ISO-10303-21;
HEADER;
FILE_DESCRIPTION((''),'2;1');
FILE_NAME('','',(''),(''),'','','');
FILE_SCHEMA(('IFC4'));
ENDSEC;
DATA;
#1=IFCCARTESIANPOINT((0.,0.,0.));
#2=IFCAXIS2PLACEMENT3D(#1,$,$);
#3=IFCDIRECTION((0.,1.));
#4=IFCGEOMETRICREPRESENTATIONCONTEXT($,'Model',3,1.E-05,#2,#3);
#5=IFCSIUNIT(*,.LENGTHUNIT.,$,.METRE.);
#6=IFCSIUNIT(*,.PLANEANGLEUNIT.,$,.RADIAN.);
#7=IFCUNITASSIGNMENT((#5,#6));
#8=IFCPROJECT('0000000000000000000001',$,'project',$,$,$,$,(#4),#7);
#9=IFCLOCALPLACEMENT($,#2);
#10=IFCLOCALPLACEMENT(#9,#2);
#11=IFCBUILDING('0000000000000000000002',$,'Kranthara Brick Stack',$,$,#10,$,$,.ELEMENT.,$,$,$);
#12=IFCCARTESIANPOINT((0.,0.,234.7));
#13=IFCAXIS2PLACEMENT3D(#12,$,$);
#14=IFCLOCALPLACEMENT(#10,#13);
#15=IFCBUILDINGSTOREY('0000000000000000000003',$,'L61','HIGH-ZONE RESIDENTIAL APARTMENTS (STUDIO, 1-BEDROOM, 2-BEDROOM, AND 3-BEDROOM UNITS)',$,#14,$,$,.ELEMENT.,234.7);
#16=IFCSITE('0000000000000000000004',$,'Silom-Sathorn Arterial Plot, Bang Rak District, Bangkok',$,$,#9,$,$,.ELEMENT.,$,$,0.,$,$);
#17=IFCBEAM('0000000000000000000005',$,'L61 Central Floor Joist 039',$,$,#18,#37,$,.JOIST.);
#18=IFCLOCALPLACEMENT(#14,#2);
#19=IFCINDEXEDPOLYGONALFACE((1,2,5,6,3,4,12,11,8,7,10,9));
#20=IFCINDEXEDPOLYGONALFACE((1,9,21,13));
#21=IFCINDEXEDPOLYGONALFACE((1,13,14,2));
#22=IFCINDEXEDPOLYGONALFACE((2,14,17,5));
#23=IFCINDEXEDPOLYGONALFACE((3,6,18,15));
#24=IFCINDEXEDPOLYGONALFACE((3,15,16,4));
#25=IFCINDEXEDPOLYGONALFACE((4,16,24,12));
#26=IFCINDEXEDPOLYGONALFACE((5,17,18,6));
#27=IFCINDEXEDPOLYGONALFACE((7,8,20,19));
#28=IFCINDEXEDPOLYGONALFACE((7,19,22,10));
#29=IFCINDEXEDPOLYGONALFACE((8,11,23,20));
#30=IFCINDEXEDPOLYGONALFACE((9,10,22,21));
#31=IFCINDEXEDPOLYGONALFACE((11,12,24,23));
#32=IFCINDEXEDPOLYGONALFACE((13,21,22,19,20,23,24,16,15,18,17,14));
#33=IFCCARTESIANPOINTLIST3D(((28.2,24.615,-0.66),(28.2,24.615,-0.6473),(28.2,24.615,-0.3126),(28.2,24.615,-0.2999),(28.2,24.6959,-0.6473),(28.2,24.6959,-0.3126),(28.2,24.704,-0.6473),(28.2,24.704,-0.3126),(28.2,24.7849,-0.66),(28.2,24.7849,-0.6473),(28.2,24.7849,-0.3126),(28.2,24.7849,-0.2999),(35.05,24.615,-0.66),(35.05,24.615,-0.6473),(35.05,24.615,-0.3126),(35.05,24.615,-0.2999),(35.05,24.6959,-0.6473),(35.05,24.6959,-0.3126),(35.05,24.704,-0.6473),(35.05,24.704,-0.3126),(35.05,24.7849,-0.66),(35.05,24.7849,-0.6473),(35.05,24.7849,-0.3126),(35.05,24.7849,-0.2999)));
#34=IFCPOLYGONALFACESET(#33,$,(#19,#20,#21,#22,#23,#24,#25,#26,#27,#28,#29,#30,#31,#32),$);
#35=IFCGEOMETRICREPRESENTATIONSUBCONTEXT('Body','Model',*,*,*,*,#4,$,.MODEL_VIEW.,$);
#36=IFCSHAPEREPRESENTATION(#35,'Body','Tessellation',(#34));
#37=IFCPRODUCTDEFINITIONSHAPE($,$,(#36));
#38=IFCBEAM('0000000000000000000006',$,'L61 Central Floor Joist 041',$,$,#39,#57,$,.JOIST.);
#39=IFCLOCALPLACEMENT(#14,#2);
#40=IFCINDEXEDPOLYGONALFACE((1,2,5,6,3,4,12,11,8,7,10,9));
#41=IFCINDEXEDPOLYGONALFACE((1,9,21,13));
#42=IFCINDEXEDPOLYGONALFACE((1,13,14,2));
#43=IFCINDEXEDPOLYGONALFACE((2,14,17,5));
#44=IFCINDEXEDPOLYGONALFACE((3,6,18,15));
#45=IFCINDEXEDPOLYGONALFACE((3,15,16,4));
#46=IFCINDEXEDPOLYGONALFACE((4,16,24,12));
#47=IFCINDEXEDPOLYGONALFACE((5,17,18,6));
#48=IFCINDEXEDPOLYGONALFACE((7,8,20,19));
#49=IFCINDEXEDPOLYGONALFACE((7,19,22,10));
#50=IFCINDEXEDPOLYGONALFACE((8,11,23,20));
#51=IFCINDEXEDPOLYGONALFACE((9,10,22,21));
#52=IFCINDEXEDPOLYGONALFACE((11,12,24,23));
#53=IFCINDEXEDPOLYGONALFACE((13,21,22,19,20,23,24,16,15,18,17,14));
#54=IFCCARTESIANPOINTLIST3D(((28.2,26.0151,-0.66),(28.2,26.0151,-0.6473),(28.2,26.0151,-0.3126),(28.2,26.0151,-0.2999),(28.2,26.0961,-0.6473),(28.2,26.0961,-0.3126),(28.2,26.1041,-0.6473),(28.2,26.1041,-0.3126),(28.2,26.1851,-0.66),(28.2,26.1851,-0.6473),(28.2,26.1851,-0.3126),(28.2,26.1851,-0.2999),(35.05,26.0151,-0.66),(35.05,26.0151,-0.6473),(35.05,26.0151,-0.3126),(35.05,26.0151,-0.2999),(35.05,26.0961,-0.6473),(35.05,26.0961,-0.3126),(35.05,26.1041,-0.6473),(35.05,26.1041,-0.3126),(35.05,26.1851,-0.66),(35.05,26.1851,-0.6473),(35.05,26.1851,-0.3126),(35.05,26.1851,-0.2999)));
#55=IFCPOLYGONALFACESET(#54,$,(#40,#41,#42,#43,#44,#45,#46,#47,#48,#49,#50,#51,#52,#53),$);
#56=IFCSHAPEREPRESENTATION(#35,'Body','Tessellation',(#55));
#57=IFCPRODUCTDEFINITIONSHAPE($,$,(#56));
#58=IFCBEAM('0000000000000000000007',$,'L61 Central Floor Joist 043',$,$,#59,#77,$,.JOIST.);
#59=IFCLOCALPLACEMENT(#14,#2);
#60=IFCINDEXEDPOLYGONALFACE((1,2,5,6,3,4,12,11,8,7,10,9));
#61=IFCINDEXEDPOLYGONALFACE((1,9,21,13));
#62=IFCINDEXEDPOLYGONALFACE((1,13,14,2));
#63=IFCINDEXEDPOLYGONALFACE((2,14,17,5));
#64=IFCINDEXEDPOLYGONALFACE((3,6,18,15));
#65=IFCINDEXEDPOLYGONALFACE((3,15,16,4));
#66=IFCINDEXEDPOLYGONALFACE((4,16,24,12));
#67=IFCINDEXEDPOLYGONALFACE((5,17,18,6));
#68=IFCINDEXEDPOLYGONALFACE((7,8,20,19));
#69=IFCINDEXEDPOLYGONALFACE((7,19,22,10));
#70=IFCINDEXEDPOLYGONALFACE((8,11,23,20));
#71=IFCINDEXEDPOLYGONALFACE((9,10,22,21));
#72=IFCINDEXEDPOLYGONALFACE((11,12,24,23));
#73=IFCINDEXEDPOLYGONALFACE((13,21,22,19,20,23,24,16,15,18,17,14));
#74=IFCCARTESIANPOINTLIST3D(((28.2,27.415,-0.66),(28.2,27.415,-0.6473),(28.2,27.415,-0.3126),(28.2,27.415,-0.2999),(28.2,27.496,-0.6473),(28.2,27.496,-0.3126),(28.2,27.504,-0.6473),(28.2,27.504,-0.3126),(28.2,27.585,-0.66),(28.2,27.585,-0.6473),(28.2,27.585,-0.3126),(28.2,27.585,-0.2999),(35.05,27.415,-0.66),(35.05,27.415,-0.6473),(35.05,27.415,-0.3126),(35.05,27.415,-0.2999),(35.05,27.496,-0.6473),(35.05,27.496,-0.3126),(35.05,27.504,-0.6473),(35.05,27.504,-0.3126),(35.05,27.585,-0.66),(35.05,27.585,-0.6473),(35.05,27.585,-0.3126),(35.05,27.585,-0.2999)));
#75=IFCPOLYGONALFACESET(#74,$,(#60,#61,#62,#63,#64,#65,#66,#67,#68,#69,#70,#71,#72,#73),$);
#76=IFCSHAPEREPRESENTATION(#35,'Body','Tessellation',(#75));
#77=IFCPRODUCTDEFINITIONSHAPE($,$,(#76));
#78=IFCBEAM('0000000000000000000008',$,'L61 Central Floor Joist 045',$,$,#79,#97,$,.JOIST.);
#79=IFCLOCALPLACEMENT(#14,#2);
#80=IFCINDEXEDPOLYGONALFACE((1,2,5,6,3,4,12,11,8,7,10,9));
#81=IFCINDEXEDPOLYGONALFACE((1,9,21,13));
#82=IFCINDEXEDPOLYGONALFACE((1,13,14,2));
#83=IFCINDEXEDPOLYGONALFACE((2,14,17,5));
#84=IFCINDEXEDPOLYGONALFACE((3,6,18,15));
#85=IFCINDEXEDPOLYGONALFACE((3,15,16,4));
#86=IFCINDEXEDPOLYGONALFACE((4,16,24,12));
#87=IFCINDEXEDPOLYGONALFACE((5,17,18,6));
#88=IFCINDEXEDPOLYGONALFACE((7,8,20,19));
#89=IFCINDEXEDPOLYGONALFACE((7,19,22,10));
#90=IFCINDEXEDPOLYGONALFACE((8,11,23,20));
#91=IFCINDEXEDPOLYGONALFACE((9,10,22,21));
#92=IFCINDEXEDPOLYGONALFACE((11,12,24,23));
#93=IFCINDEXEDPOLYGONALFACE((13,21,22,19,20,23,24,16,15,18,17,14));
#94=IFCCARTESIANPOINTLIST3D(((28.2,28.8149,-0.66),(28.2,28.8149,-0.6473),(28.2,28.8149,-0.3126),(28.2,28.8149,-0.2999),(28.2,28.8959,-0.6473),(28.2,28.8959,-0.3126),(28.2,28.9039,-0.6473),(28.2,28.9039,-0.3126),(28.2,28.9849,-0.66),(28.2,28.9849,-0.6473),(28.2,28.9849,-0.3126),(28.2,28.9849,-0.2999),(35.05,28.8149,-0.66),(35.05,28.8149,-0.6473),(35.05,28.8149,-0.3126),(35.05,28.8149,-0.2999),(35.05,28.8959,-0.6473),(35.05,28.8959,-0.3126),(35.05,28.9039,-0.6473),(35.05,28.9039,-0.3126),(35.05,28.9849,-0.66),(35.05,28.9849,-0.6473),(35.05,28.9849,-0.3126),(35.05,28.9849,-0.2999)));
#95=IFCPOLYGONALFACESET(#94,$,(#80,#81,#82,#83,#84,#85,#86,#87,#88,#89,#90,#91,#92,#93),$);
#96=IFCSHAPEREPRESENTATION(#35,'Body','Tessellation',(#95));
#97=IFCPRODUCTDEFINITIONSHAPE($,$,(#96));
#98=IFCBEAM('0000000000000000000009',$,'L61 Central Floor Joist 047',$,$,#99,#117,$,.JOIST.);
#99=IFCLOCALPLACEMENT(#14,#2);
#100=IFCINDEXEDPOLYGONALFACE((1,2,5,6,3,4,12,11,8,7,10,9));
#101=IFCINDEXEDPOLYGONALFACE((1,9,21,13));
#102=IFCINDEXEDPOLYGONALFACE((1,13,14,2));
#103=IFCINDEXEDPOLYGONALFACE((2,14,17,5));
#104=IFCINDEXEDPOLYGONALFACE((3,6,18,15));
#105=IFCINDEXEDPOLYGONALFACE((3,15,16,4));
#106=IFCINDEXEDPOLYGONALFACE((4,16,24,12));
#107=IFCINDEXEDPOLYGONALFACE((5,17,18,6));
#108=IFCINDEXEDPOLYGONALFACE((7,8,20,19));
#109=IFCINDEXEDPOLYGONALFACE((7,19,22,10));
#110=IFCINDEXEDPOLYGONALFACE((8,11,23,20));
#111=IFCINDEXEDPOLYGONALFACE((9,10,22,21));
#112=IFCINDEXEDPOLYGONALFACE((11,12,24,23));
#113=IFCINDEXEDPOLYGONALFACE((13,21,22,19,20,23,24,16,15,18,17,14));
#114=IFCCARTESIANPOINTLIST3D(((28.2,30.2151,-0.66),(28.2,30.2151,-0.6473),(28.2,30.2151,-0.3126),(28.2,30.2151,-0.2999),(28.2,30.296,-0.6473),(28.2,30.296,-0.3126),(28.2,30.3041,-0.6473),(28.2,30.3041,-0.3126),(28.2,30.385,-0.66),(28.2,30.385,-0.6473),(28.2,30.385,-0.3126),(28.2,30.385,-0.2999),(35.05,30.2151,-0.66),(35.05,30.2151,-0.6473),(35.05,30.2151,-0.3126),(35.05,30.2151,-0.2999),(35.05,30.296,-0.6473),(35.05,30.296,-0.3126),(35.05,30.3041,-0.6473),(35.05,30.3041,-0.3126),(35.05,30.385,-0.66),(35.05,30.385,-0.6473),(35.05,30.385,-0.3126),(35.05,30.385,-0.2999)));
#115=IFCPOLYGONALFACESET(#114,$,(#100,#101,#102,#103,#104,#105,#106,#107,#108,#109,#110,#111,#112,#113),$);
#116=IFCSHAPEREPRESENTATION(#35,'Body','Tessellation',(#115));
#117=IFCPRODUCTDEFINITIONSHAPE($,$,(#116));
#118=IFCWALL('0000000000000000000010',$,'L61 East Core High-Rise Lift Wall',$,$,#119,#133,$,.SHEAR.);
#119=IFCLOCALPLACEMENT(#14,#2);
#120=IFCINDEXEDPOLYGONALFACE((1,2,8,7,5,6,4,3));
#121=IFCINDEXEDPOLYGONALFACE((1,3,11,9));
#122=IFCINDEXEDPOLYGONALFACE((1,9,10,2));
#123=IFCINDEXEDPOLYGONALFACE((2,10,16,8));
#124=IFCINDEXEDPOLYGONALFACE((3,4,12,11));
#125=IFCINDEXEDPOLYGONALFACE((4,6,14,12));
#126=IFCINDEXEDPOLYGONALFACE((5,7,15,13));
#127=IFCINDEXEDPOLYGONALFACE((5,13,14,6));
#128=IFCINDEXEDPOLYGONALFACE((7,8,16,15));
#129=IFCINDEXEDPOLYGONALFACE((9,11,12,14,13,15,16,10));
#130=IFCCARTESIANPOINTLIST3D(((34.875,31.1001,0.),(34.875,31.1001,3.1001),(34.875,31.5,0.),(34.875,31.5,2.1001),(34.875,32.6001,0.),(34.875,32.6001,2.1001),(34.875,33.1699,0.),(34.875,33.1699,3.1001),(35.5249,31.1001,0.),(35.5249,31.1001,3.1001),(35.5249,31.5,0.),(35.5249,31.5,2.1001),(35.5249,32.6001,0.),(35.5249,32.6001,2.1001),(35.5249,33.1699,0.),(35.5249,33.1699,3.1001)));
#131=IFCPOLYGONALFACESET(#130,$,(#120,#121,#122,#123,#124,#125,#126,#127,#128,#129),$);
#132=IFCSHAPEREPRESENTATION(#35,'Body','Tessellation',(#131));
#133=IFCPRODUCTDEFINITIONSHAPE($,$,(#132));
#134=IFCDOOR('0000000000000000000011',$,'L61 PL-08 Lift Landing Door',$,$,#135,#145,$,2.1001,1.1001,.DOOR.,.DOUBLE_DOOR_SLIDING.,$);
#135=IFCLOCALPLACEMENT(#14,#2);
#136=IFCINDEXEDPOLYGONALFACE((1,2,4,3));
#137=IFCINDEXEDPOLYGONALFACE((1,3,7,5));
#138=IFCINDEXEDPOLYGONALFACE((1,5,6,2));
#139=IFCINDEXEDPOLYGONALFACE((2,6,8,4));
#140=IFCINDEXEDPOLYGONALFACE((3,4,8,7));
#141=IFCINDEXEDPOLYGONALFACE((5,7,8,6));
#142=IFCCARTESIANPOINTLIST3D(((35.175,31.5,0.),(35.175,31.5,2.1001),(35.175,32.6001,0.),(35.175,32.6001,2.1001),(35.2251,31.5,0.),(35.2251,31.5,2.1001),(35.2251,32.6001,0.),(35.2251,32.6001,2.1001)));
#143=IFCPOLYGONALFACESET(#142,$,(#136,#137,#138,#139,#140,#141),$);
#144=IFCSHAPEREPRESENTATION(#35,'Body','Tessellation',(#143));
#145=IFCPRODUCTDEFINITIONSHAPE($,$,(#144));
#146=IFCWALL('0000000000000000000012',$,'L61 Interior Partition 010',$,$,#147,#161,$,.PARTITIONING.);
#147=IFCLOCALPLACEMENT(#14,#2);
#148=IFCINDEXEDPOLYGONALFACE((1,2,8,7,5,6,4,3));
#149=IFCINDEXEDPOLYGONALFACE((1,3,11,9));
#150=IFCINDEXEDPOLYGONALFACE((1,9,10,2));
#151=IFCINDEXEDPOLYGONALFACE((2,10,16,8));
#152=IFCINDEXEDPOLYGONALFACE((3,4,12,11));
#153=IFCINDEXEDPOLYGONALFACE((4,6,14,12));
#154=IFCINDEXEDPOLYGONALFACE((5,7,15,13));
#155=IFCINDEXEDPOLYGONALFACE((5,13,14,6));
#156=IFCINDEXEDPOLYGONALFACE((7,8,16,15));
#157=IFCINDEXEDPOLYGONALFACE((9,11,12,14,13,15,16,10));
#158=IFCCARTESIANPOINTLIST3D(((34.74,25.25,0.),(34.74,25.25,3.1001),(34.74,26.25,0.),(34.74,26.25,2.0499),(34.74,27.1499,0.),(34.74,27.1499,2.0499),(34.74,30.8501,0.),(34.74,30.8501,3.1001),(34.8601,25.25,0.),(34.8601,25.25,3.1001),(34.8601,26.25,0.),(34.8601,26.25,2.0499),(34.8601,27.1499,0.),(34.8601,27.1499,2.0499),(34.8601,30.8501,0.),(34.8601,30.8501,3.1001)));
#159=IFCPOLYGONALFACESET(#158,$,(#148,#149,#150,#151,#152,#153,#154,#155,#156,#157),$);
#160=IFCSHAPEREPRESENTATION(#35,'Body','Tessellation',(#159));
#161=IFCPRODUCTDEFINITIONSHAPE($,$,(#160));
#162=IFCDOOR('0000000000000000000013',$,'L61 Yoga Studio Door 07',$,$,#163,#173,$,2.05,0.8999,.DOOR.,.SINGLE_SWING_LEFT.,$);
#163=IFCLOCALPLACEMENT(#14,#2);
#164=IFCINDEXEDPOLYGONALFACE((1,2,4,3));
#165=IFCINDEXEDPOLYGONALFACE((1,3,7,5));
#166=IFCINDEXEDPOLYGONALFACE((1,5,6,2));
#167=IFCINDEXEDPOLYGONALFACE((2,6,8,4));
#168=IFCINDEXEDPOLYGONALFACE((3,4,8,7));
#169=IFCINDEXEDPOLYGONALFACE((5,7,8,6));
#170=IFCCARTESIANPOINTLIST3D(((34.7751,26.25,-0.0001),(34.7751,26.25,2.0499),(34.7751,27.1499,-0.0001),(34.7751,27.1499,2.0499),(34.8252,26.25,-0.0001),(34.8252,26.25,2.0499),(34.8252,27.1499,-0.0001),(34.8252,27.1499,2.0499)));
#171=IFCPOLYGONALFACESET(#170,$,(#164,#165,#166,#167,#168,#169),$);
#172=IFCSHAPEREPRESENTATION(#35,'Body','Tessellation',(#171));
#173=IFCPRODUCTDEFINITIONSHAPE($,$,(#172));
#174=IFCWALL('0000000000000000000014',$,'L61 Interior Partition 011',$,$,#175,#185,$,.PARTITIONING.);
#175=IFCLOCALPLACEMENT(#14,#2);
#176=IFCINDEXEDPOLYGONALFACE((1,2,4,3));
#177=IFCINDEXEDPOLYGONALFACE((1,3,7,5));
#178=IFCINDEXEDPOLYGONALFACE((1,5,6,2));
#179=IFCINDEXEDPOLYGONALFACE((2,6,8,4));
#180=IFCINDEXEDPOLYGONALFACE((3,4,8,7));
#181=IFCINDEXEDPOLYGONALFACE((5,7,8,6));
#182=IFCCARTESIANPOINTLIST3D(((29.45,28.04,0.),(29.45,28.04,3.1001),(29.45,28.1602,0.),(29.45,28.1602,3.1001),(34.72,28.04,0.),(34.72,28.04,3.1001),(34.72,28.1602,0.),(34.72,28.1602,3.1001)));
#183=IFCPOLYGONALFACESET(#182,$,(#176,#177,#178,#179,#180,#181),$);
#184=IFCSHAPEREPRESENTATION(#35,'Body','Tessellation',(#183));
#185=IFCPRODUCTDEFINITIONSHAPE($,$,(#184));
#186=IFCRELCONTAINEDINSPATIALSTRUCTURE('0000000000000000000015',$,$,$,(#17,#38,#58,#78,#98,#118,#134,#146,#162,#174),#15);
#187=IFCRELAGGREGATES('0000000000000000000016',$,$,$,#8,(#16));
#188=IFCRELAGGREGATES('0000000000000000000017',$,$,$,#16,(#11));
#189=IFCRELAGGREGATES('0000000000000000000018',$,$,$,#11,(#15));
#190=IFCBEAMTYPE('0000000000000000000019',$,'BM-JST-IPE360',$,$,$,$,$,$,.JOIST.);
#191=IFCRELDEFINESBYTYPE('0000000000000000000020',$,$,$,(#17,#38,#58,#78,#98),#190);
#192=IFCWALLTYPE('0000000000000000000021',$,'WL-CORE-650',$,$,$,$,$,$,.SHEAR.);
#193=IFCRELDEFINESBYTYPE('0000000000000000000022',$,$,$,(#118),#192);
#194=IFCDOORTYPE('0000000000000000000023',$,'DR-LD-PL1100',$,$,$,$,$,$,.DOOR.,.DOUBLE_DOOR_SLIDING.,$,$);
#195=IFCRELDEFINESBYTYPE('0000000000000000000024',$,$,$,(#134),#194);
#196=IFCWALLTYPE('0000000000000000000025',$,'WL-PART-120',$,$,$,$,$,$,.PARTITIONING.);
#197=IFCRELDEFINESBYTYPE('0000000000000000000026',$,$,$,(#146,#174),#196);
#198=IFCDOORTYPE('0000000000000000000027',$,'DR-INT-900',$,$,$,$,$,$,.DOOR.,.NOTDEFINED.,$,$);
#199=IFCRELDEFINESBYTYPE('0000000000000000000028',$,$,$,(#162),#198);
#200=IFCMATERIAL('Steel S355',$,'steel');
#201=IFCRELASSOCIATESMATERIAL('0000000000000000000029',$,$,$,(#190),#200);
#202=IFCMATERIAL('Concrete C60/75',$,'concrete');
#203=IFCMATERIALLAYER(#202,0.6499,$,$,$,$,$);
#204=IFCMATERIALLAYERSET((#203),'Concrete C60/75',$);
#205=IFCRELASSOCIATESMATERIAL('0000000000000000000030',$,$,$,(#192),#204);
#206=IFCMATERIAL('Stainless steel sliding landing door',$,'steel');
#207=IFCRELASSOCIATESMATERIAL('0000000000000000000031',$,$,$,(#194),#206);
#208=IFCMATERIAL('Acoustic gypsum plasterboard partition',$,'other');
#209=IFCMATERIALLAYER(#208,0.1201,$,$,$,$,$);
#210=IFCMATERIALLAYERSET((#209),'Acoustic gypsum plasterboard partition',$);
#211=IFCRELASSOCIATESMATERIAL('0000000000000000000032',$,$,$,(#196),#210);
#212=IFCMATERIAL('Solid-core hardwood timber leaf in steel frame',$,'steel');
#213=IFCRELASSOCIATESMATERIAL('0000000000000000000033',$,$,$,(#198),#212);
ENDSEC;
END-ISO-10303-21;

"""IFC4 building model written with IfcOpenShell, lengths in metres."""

from ifc_helpers import new_model, si_unit, direction, frame, frame_2d, origin, origin_2d, place, context, subcontext, project, spatial, rectangle, i_section, extrude, material, layer, layer_set, material_profile, profile_set, type_object, element, fill, save


model = new_model("IFC4")

# Units and contexts
model_context = context("Model", 3, precision=1e-05, world=origin(), true_north=direction((0.0, 1.0)))
body_context = subcontext(model_context, "Body", "Model", "MODEL_VIEW")
ifc_project = project(units=[si_unit("LENGTHUNIT", "METRE"), si_unit("PLANEANGLEUNIT", "RADIAN")], contexts=[model_context])

# Site, building, storey
site_placement = place(None, origin())
site = spatial("IfcSite", under=ifc_project, at=site_placement, Name="Silom-Sathorn Arterial Plot, Bang Rak District, Bangkok", CompositionType="ELEMENT", RefElevation=0.0)
building_placement = place(site_placement, origin())
building = spatial("IfcBuilding", under=site, at=building_placement, Name="Kranthara Brick Stack", CompositionType="ELEMENT")
storey_placement = place(building_placement, frame((0.0, 0.0, 234.7)))
storey = spatial("IfcBuildingStorey", under=building, at=storey_placement, Name="L61", Description="HIGH-ZONE RESIDENTIAL APARTMENTS (STUDIO, 1-BEDROOM, 2-BEDROOM, AND 3-BEDROOM UNITS)", CompositionType="ELEMENT", Elevation=234.7)

# Beams
ifc_material_1 = material(Name="Steel S355", Category="steel")
ifc_material_profile = material_profile(ifc_material_1, i_section(OverallWidth=0.1699, OverallDepth=0.3601, WebThickness=0.0081, FlangeThickness=0.0127, at=origin_2d()), Name="IPE 360")
ifc_profile_set = profile_set([ifc_material_profile], Name="Steel S355")
beam_type = type_object("IfcBeamType", Name="BM-JST-IPE360", PredefinedType="JOIST", material=ifc_profile_set)
for number, where, z_axis, x_axis, name in (
    (1, (28.2, 24.7, -0.48), (1.0, 0.0, 0.0), (0.0, 1.0, 0.0), "L61 Central Floor Joist 039"),
    (2, (28.2, 26.1001, -0.48), (1.0, 0.0, 0.0), (0.0, 1.0, 0.0), "L61 Central Floor Joist 041"),
    (3, (28.2, 27.5, -0.48), (1.0, 0.0, 0.0), (0.0, 1.0, 0.0), "L61 Central Floor Joist 043"),
    (4, (28.2, 28.8999, -0.48), (1.0, 0.0, 0.0), (0.0, 1.0, 0.0), "L61 Central Floor Joist 045"),
    (5, (28.2, 30.3, -0.48), (1.0, 0.0, 0.0), (0.0, 1.0, 0.0), "L61 Central Floor Joist 047"),
):
    element("IfcBeam", number, at=place(storey_placement, frame(where, z_axis=z_axis, x_axis=x_axis)), inside=storey, type_object=beam_type, Name=name, PredefinedType="JOIST", context=body_context, shape_type="SweptSolid", body=[
        extrude(i_section(OverallWidth=0.1699, OverallDepth=0.3601, WebThickness=0.0081, FlangeThickness=0.0127, at=origin_2d()), origin(), (0.0, 0.0, 1.0), 6.8501),
    ])

# Walls, openings, doors
ifc_material_2 = material(Name="Concrete C60/75", Category="concrete")
ifc_layer_1 = layer(ifc_material_2, 0.6499)
ifc_layer_set_1 = layer_set([ifc_layer_1], Name="Concrete C60/75")
wall_type_1 = type_object("IfcWallType", Name="WL-CORE-650", PredefinedType="SHEAR", material=ifc_layer_set_1)
wall_1_placement = place(storey_placement, frame((35.2, 31.1001, 0.0), z_axis=(0.0, 0.0, 1.0), x_axis=(0.0, 1.0, 0.0)))
wall_1 = element("IfcWall", 6, at=wall_1_placement, inside=storey, type_object=wall_type_1, Name="L61 East Core High-Rise Lift Wall", PredefinedType="SHEAR", context=body_context, shape_type="SweptSolid", body=[
    extrude(rectangle(XDim=2.0698, YDim=0.6499, at=frame_2d((1.0349, 0.0))), origin(), (0.0, 0.0, 1.0), 3.1001),
])
opening_1_placement = place(wall_1_placement, frame((0.3999, 0.0, 0.0)))
opening_1 = element("IfcOpeningElement", 7, at=opening_1_placement, cuts=wall_1, PredefinedType="OPENING", context=body_context, shape_type="SweptSolid", body=[
    extrude(rectangle(XDim=1.1001, YDim=2.1001, at=frame_2d((0.55, 1.05))), frame((0.0, 0.335, 0.0), z_axis=(0.0, -1.0, 0.0), x_axis=(1.0, 0.0, 0.0)), (0.0, 0.0, 1.0), 0.6699),
])
ifc_material_3 = material(Name="Stainless steel sliding landing door", Category="steel")
door_type_1 = type_object("IfcDoorType", Name="DR-LD-PL1100", OperationType="DOUBLE_DOOR_SLIDING", PredefinedType="DOOR", material=ifc_material_3)
door_1_placement = place(opening_1_placement, origin())
door_1 = element("IfcDoor", 8, at=door_1_placement, inside=storey, type_object=door_type_1, Name="L61 PL-08 Lift Landing Door", OperationType="DOUBLE_DOOR_SLIDING", OverallHeight=2.1001, OverallWidth=1.1001, PredefinedType="DOOR", context=body_context, shape_type="SweptSolid", body=[
    extrude(rectangle(XDim=1.1001, YDim=2.1001, at=frame_2d((0.55, 1.05))), frame((0.0, 0.0249, 0.0), z_axis=(0.0, -1.0, 0.0), x_axis=(1.0, 0.0, 0.0)), (0.0, 0.0, 1.0), 0.05),
])
fill(opening_1, door_1)
ifc_material_4 = material(Name="Acoustic gypsum plasterboard partition", Category="other")
ifc_layer_2 = layer(ifc_material_4, 0.1201)
ifc_layer_set_2 = layer_set([ifc_layer_2], Name="Acoustic gypsum plasterboard partition")
wall_type_2 = type_object("IfcWallType", Name="WL-PART-120", PredefinedType="PARTITIONING", material=ifc_layer_set_2)
wall_2_placement = place(storey_placement, frame((34.8, 25.25, 0.0), z_axis=(0.0, 0.0, 1.0), x_axis=(0.0, 1.0, 0.0)))
wall_2 = element("IfcWall", 9, at=wall_2_placement, inside=storey, type_object=wall_type_2, Name="L61 Interior Partition 010", PredefinedType="PARTITIONING", context=body_context, shape_type="SweptSolid", body=[
    extrude(rectangle(XDim=5.6001, YDim=0.1201, at=frame_2d((2.8, 0.0))), origin(), (0.0, 0.0, 1.0), 3.1001),
])
opening_2_placement = place(wall_2_placement, frame((1.0, 0.0, 0.0)))
opening_2 = element("IfcOpeningElement", 10, at=opening_2_placement, cuts=wall_2, PredefinedType="OPENING", context=body_context, shape_type="SweptSolid", body=[
    extrude(rectangle(XDim=0.8999, YDim=2.05, at=frame_2d((0.45, 1.0249))), frame((0.0, 0.0701, 0.0), z_axis=(0.0, -1.0, 0.0), x_axis=(1.0, 0.0, 0.0)), (0.0, 0.0, 1.0), 0.1401),
])
ifc_material_5 = material(Name="Solid-core hardwood timber leaf in steel frame", Category="steel")
door_type_2 = type_object("IfcDoorType", Name="DR-INT-900", OperationType="NOTDEFINED", PredefinedType="DOOR", material=ifc_material_5)
door_2_placement = place(opening_2_placement, origin())
door_2 = element("IfcDoor", 11, at=door_2_placement, inside=storey, type_object=door_type_2, Name="L61 Yoga Studio Door 07", OperationType="SINGLE_SWING_LEFT", OverallHeight=2.05, OverallWidth=0.8999, PredefinedType="DOOR", context=body_context, shape_type="SweptSolid", body=[
    extrude(rectangle(XDim=0.8999, YDim=2.05, at=frame_2d((0.45, 1.0249))), frame((0.0, 0.0249, 0.0), z_axis=(0.0, -1.0, 0.0), x_axis=(1.0, 0.0, 0.0)), (0.0, 0.0, 1.0), 0.05),
])
fill(opening_2, door_2)

# Wall
wall_3_placement = place(storey_placement, frame((29.45, 28.1001, 0.0), z_axis=(0.0, 0.0, 1.0), x_axis=(1.0, 0.0, 0.0)))
element("IfcWall", 12, at=wall_3_placement, inside=storey, type_object=wall_type_2, Name="L61 Interior Partition 011", PredefinedType="PARTITIONING", context=body_context, shape_type="SweptSolid", body=[
    extrude(rectangle(XDim=5.27, YDim=0.1201, at=frame_2d((2.635, 0.0))), origin(), (0.0, 0.0, 1.0), 3.1001),
])

save(model, "model.ifc")
